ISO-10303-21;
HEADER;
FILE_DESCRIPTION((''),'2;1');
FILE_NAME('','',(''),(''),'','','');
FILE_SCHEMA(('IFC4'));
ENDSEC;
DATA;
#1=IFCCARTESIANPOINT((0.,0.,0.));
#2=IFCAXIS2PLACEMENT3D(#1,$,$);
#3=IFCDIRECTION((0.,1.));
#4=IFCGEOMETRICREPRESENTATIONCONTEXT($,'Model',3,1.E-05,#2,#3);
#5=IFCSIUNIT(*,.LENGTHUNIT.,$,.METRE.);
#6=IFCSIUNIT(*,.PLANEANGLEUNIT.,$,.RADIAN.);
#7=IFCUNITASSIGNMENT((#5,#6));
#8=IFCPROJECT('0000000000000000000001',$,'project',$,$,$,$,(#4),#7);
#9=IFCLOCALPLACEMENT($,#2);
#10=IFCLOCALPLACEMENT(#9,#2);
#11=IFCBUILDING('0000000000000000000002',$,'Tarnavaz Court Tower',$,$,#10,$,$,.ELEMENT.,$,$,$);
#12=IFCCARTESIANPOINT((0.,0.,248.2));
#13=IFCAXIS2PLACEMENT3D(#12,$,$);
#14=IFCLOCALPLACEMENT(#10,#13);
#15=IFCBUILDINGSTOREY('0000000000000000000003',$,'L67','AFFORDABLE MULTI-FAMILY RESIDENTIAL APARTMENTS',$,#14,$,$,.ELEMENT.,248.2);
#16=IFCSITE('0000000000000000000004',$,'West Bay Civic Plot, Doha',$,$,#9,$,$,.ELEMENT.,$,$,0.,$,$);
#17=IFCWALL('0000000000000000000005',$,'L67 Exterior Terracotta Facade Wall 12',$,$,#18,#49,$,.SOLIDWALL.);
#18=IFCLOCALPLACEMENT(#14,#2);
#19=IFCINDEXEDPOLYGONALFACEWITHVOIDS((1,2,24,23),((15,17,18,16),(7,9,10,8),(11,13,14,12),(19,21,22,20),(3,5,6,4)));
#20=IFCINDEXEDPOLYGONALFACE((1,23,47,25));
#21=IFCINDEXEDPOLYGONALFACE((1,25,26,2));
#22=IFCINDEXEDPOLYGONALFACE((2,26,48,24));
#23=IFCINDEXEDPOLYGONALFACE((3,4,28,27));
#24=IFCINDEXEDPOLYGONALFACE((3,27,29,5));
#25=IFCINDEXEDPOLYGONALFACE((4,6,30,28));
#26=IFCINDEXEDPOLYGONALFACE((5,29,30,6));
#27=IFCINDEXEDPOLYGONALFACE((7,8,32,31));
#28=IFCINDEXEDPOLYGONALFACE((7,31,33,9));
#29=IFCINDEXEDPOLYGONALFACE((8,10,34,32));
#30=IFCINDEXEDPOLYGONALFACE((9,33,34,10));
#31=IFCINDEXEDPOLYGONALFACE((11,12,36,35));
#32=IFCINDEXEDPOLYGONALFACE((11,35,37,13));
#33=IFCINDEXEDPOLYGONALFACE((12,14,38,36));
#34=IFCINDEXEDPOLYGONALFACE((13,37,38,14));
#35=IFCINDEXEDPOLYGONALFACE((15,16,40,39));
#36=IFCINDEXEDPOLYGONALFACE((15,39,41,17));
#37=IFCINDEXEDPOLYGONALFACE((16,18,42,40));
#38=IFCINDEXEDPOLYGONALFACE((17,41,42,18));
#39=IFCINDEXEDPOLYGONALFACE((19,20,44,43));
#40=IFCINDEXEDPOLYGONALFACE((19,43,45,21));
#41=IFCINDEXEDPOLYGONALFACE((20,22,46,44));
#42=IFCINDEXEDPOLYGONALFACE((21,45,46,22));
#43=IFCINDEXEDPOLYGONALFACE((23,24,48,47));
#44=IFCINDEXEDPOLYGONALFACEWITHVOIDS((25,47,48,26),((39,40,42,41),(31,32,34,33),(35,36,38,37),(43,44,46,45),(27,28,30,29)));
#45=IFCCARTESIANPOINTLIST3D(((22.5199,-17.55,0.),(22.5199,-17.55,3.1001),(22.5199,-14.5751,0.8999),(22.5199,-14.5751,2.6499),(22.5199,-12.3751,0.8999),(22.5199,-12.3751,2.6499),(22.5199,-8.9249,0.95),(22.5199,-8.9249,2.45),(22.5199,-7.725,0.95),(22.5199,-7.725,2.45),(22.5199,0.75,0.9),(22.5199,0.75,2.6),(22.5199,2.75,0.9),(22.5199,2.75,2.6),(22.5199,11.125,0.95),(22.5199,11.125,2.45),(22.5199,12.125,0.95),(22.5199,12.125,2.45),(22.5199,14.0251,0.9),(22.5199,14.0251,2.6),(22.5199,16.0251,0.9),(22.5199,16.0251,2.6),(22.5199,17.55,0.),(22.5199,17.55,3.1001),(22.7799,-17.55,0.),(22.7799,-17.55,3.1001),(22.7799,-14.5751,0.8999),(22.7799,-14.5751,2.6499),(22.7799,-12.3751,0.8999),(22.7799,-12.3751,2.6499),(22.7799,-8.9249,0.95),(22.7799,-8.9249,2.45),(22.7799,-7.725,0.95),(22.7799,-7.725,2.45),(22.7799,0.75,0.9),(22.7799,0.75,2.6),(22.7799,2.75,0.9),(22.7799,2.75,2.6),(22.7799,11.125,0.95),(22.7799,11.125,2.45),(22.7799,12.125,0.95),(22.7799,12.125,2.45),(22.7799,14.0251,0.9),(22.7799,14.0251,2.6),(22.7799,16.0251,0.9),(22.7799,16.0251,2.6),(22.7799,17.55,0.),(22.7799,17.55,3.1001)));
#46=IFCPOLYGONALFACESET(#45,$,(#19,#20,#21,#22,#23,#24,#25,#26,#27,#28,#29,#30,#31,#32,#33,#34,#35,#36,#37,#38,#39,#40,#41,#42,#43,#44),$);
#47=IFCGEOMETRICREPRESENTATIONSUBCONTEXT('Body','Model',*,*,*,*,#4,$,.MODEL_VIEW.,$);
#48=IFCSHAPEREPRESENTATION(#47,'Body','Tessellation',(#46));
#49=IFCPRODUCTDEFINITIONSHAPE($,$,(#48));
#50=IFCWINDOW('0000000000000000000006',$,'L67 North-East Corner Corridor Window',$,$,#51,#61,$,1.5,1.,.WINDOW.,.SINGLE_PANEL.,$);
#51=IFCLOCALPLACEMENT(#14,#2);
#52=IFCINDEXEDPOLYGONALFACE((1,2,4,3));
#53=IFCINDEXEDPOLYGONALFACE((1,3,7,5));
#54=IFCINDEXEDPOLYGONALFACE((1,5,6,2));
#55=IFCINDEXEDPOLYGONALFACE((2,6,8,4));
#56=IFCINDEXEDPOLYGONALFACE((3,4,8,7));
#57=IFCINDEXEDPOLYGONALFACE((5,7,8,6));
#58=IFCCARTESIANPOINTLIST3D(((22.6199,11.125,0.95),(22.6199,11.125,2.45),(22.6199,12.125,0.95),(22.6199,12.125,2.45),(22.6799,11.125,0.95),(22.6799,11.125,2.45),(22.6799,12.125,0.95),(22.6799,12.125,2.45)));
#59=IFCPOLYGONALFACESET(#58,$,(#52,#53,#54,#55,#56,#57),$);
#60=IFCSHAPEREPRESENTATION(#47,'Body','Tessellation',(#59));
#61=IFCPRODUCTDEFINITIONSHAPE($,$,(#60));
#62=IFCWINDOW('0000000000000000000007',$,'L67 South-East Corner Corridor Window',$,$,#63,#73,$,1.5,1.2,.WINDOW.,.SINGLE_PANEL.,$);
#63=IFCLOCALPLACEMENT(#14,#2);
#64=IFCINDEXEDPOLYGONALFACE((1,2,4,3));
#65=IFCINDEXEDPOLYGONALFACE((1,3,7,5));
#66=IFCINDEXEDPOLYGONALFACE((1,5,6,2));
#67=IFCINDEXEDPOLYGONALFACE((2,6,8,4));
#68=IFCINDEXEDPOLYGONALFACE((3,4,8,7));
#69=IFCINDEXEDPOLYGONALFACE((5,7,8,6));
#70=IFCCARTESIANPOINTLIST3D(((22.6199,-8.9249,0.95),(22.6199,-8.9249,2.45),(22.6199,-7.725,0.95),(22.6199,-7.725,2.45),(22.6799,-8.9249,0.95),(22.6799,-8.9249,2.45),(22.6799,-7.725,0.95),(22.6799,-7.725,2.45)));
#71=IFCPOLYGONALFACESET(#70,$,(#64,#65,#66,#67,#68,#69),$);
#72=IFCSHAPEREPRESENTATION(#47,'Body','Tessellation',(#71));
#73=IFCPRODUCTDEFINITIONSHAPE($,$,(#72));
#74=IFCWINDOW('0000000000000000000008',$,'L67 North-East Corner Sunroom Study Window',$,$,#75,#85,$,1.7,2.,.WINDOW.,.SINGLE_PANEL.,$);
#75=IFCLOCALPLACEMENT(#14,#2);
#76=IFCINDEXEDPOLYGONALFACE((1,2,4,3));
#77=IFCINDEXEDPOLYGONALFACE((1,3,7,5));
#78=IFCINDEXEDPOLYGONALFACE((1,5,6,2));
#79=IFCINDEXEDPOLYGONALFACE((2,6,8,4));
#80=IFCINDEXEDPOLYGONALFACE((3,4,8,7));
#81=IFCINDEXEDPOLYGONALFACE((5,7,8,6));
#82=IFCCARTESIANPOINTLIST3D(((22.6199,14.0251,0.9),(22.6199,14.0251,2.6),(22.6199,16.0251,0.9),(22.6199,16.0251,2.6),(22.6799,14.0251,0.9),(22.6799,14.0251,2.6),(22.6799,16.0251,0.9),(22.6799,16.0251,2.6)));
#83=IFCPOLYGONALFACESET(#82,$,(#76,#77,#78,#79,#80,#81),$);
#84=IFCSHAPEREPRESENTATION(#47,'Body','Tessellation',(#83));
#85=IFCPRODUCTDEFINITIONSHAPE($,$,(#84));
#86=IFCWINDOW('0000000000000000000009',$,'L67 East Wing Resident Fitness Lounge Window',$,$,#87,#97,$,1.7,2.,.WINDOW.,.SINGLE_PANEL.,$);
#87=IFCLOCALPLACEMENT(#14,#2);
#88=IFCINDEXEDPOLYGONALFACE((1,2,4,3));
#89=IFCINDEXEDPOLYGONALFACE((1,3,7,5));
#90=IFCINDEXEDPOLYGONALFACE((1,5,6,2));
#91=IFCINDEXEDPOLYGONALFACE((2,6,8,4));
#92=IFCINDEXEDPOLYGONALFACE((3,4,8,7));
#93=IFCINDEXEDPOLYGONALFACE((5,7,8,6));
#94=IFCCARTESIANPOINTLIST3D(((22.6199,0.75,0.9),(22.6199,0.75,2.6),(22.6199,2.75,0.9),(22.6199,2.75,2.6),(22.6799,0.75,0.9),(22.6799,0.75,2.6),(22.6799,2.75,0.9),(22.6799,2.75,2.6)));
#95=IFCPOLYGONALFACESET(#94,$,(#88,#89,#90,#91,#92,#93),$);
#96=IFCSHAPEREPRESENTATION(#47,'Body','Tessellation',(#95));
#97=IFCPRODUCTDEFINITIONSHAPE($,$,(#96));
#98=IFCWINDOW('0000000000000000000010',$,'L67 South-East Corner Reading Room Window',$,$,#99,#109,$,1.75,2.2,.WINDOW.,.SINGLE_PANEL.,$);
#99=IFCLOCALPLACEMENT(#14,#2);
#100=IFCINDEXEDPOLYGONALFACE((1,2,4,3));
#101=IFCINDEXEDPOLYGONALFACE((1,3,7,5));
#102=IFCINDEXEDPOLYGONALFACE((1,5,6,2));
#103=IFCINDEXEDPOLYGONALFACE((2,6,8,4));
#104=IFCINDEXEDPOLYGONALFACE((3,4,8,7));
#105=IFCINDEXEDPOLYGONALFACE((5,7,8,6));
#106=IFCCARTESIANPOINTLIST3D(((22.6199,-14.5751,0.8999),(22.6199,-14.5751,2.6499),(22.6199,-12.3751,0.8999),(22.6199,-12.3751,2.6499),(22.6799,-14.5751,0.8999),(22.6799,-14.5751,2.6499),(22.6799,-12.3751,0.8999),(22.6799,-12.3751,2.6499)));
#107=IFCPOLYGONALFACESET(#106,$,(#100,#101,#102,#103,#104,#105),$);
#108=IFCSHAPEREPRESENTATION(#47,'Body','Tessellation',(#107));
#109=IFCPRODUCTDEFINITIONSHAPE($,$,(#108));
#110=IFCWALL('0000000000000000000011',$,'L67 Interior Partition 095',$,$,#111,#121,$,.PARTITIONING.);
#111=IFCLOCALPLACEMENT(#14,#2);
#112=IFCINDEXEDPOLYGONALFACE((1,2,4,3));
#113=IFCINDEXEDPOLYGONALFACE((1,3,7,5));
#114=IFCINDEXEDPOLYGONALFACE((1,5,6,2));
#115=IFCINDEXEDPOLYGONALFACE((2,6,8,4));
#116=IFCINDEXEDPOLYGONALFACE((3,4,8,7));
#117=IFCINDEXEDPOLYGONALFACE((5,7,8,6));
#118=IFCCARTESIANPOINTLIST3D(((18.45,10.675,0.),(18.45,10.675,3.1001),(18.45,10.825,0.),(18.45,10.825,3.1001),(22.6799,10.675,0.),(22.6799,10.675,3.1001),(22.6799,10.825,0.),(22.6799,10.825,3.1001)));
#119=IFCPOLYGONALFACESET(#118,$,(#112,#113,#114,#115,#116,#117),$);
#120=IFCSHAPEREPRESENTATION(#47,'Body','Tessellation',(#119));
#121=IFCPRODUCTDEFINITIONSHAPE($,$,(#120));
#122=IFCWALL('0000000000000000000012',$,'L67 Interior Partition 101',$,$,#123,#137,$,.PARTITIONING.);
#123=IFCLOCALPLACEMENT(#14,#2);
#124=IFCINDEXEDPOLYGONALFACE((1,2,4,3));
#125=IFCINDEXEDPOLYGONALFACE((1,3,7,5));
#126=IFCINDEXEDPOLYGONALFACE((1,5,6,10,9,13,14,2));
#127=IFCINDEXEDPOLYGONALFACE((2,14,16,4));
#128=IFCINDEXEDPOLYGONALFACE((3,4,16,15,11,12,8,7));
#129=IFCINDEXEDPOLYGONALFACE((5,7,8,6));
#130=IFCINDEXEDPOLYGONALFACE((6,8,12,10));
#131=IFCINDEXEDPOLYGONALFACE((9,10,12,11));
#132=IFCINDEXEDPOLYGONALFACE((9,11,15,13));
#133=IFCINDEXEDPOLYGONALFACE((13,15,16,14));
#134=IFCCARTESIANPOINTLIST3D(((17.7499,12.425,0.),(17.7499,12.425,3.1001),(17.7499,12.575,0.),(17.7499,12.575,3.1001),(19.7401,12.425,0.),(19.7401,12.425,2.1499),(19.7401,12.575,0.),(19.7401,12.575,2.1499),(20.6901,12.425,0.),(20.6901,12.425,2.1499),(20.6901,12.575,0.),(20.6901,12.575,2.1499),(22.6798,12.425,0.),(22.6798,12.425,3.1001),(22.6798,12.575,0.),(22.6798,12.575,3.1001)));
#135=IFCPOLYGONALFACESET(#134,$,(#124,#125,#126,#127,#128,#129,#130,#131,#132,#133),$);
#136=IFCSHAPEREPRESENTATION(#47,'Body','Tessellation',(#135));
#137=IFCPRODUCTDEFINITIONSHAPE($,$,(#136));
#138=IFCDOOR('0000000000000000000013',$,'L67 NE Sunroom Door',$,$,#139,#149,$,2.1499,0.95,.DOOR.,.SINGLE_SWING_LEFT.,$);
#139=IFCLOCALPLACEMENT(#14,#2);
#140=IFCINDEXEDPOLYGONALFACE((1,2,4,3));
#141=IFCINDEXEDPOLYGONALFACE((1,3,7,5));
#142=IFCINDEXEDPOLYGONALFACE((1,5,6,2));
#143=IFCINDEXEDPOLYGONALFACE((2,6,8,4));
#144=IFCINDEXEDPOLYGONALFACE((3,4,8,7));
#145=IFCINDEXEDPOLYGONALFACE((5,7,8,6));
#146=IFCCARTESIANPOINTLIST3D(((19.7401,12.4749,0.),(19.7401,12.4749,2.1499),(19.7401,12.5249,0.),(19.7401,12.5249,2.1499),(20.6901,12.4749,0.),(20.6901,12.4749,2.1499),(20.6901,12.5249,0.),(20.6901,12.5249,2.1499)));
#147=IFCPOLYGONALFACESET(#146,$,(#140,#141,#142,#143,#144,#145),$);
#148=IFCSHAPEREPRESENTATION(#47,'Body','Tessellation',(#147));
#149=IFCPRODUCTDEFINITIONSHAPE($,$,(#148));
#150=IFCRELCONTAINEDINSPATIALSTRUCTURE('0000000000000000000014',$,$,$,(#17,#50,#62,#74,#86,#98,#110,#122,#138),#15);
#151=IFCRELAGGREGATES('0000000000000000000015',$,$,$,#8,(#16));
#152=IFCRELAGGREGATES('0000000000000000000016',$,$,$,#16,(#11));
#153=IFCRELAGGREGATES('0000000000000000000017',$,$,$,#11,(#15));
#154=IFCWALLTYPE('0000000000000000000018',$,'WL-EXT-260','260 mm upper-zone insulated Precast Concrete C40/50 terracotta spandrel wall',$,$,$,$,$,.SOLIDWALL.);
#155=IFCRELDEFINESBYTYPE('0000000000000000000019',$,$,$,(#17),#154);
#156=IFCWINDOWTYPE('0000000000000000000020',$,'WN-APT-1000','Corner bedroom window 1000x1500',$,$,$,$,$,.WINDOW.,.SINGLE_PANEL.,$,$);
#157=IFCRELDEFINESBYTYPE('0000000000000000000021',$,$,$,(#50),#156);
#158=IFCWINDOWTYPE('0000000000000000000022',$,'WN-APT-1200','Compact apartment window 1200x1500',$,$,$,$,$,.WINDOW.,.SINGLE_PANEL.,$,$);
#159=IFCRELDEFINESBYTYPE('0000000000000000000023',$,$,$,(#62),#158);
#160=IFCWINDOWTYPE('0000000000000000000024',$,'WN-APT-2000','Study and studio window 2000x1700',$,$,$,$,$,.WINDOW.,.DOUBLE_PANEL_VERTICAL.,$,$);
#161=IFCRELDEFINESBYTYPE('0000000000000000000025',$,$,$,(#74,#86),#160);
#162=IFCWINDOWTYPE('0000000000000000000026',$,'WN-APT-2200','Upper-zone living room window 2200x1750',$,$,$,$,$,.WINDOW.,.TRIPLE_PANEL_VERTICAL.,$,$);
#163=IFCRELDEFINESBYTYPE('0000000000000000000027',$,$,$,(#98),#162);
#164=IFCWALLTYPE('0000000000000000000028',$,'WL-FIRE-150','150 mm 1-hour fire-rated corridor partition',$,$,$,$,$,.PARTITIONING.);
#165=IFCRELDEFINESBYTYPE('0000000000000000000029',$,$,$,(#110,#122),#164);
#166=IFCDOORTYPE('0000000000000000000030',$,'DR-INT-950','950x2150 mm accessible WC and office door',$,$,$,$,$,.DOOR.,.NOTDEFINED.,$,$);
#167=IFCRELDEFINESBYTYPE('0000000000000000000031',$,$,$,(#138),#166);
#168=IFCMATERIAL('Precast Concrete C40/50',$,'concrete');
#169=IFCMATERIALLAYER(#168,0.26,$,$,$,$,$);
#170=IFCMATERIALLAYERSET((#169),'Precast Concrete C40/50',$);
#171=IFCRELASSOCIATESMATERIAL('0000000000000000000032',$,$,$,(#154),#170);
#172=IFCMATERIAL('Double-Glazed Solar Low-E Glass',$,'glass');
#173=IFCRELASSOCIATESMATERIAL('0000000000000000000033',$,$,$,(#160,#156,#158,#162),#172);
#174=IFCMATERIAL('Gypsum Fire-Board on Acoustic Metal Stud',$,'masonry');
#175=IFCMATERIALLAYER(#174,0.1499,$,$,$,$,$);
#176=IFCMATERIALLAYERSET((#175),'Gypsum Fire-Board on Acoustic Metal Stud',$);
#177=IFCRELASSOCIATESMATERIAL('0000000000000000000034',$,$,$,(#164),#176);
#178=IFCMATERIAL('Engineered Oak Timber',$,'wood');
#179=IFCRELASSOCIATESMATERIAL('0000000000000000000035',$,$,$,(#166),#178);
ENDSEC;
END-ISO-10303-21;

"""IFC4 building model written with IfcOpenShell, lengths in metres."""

from ifc_helpers import new_model, si_unit, direction, frame, frame_2d, origin, place, context, subcontext, project, spatial, rectangle, extrude, material, layer, layer_set, type_object, element, fill, save


model = new_model("IFC4")

# Units and contexts
model_context = context("Model", 3, precision=1e-05, world=origin(), true_north=direction((0.0, 1.0)))
body_context = subcontext(model_context, "Body", "Model", "MODEL_VIEW")
ifc_project = project(units=[si_unit("LENGTHUNIT", "METRE"), si_unit("PLANEANGLEUNIT", "RADIAN")], contexts=[model_context])

# Site, building, storey
site_placement = place(None, origin())
site = spatial("IfcSite", under=ifc_project, at=site_placement, Name="West Bay Civic Plot, Doha", CompositionType="ELEMENT", RefElevation=0.0)
building_placement = place(site_placement, origin())
building = spatial("IfcBuilding", under=site, at=building_placement, Name="Tarnavaz Court Tower", CompositionType="ELEMENT")
storey_placement = place(building_placement, frame((0.0, 0.0, 248.2)))
storey = spatial("IfcBuildingStorey", under=building, at=storey_placement, Name="L67", Description="AFFORDABLE MULTI-FAMILY RESIDENTIAL APARTMENTS", CompositionType="ELEMENT", Elevation=248.2)

# Shared definitions
ifc_material_1 = material(Name="Precast Concrete C40/50", Category="concrete")
ifc_layer_1 = layer(ifc_material_1, 0.26)
ifc_layer_set_1 = layer_set([ifc_layer_1], Name="Precast Concrete C40/50")
wall_type_1 = type_object("IfcWallType", Name="WL-EXT-260", Description="260 mm upper-zone insulated Precast Concrete C40/50 terracotta spandrel wall", PredefinedType="SOLIDWALL", material=ifc_layer_set_1)
ifc_material_2 = material(Name="Double-Glazed Solar Low-E Glass", Category="glass")
window_type_1 = type_object("IfcWindowType", Name="WN-APT-2000", Description="Study and studio window 2000x1700", PartitioningType="DOUBLE_PANEL_VERTICAL", PredefinedType="WINDOW", material=ifc_material_2)

# Wall, openings, windows
wall_1_placement = place(storey_placement, frame((22.6499, 17.55, 0.0), z_axis=(0.0, 0.0, 1.0), x_axis=(0.0, -1.0, 0.0)))
wall_1 = element("IfcWall", 1, at=wall_1_placement, inside=storey, type_object=wall_type_1, Name="L67 Exterior Terracotta Facade Wall 12", PredefinedType="SOLIDWALL", context=body_context, shape_type="SweptSolid", body=[
    extrude(rectangle(XDim=35.1001, YDim=0.26, at=frame_2d((17.55, 0.0))), origin(), (0.0, 0.0, 1.0), 3.1001),
])
opening_1_placement = place(wall_1_placement, frame((1.5249, 0.0, 0.8999)))
opening_1 = element("IfcOpeningElement", 2, at=opening_1_placement, cuts=wall_1, PredefinedType="OPENING", context=body_context, shape_type="SweptSolid", body=[
    extrude(rectangle(XDim=2.0, YDim=1.7, at=frame_2d((1.0, 0.8501))), frame((0.0, 0.1399, 0.0), z_axis=(0.0, -1.0, 0.0), x_axis=(1.0, 0.0, 0.0)), (0.0, 0.0, 1.0), 0.28),
])
opening_2_placement = place(wall_1_placement, frame((5.425, 0.0, 0.95)))
opening_2 = element("IfcOpeningElement", 3, at=opening_2_placement, cuts=wall_1, PredefinedType="OPENING", context=body_context, shape_type="SweptSolid", body=[
    extrude(rectangle(XDim=1.0, YDim=1.5, at=frame_2d((0.5, 0.75))), frame((0.0, 0.1399, 0.0), z_axis=(0.0, -1.0, 0.0), x_axis=(1.0, 0.0, 0.0)), (0.0, 0.0, 1.0), 0.28),
])
opening_3_placement = place(wall_1_placement, frame((14.8, 0.0, 0.8999)))
opening_3 = element("IfcOpeningElement", 4, at=opening_3_placement, cuts=wall_1, PredefinedType="OPENING", context=body_context, shape_type="SweptSolid", body=[
    extrude(rectangle(XDim=2.0, YDim=1.7, at=frame_2d((1.0, 0.8501))), frame((0.0, 0.1399, 0.0), z_axis=(0.0, -1.0, 0.0), x_axis=(1.0, 0.0, 0.0)), (0.0, 0.0, 1.0), 0.28),
])
opening_4_placement = place(wall_1_placement, frame((25.2749, 0.0, 0.95)))
opening_4 = element("IfcOpeningElement", 5, at=opening_4_placement, cuts=wall_1, PredefinedType="OPENING", context=body_context, shape_type="SweptSolid", body=[
    extrude(rectangle(XDim=1.2, YDim=1.5, at=frame_2d((0.6001, 0.75))), frame((0.0, 0.1399, 0.0), z_axis=(0.0, -1.0, 0.0), x_axis=(1.0, 0.0, 0.0)), (0.0, 0.0, 1.0), 0.28),
])
opening_5_placement = place(wall_1_placement, frame((29.925, 0.0, 0.8999)))
opening_5 = element("IfcOpeningElement", 6, at=opening_5_placement, cuts=wall_1, PredefinedType="OPENING", context=body_context, shape_type="SweptSolid", body=[
    extrude(rectangle(XDim=2.2, YDim=1.75, at=frame_2d((1.1001, 0.875))), frame((0.0, 0.1399, 0.0), z_axis=(0.0, -1.0, 0.0), x_axis=(1.0, 0.0, 0.0)), (0.0, 0.0, 1.0), 0.28),
])
window_type_2 = type_object("IfcWindowType", Name="WN-APT-1000", Description="Corner bedroom window 1000x1500", PartitioningType="SINGLE_PANEL", PredefinedType="WINDOW", material=ifc_material_2)
window_1_placement = place(opening_2_placement, origin())
window_1 = element("IfcWindow", 7, at=window_1_placement, inside=storey, type_object=window_type_2, Name="L67 North-East Corner Corridor Window", OverallHeight=1.5, OverallWidth=1.0, PartitioningType="SINGLE_PANEL", PredefinedType="WINDOW", context=body_context, shape_type="SweptSolid", body=[
    extrude(rectangle(XDim=1.0, YDim=1.5, at=frame_2d((0.5, 0.75))), frame((0.0, 0.03, 0.0), z_axis=(0.0, -1.0, 0.0), x_axis=(1.0, 0.0, 0.0)), (0.0, 0.0, 1.0), 0.0601),
])
fill(opening_2, window_1)
window_type_3 = type_object("IfcWindowType", Name="WN-APT-1200", Description="Compact apartment window 1200x1500", PartitioningType="SINGLE_PANEL", PredefinedType="WINDOW", material=ifc_material_2)
window_2_placement = place(opening_4_placement, origin())
window_2 = element("IfcWindow", 8, at=window_2_placement, inside=storey, type_object=window_type_3, Name="L67 South-East Corner Corridor Window", OverallHeight=1.5, OverallWidth=1.2, PartitioningType="SINGLE_PANEL", PredefinedType="WINDOW", context=body_context, shape_type="SweptSolid", body=[
    extrude(rectangle(XDim=1.2, YDim=1.5, at=frame_2d((0.6001, 0.75))), frame((0.0, 0.03, 0.0), z_axis=(0.0, -1.0, 0.0), x_axis=(1.0, 0.0, 0.0)), (0.0, 0.0, 1.0), 0.0601),
])
fill(opening_4, window_2)
window_3_placement = place(opening_1_placement, origin())
window_3 = element("IfcWindow", 9, at=window_3_placement, inside=storey, type_object=window_type_1, Name="L67 North-East Corner Sunroom Study Window", OverallHeight=1.7, OverallWidth=2.0, PartitioningType="SINGLE_PANEL", PredefinedType="WINDOW", context=body_context, shape_type="SweptSolid", body=[
    extrude(rectangle(XDim=2.0, YDim=1.7, at=frame_2d((1.0, 0.8501))), frame((0.0, 0.03, 0.0), z_axis=(0.0, -1.0, 0.0), x_axis=(1.0, 0.0, 0.0)), (0.0, 0.0, 1.0), 0.0601),
])
fill(opening_1, window_3)
window_4_placement = place(opening_3_placement, origin())
window_4 = element("IfcWindow", 10, at=window_4_placement, inside=storey, type_object=window_type_1, Name="L67 East Wing Resident Fitness Lounge Window", OverallHeight=1.7, OverallWidth=2.0, PartitioningType="SINGLE_PANEL", PredefinedType="WINDOW", context=body_context, shape_type="SweptSolid", body=[
    extrude(rectangle(XDim=2.0, YDim=1.7, at=frame_2d((1.0, 0.8501))), frame((0.0, 0.03, 0.0), z_axis=(0.0, -1.0, 0.0), x_axis=(1.0, 0.0, 0.0)), (0.0, 0.0, 1.0), 0.0601),
])
fill(opening_3, window_4)
window_type_4 = type_object("IfcWindowType", Name="WN-APT-2200", Description="Upper-zone living room window 2200x1750", PartitioningType="TRIPLE_PANEL_VERTICAL", PredefinedType="WINDOW", material=ifc_material_2)
window_5_placement = place(opening_5_placement, origin())
window_5 = element("IfcWindow", 11, at=window_5_placement, inside=storey, type_object=window_type_4, Name="L67 South-East Corner Reading Room Window", OverallHeight=1.75, OverallWidth=2.2, PartitioningType="SINGLE_PANEL", PredefinedType="WINDOW", context=body_context, shape_type="SweptSolid", body=[
    extrude(rectangle(XDim=2.2, YDim=1.75, at=frame_2d((1.1001, 0.875))), frame((0.0, 0.03, 0.0), z_axis=(0.0, -1.0, 0.0), x_axis=(1.0, 0.0, 0.0)), (0.0, 0.0, 1.0), 0.0601),
])
fill(opening_5, window_5)

# Wall
ifc_material_3 = material(Name="Gypsum Fire-Board on Acoustic Metal Stud", Category="masonry")
ifc_layer_2 = layer(ifc_material_3, 0.1499)
ifc_layer_set_2 = layer_set([ifc_layer_2], Name="Gypsum Fire-Board on Acoustic Metal Stud")
wall_type_2 = type_object("IfcWallType", Name="WL-FIRE-150", Description="150 mm 1-hour fire-rated corridor partition", PredefinedType="PARTITIONING", material=ifc_layer_set_2)
wall_2_placement = place(storey_placement, frame((18.45, 10.75, 0.0), z_axis=(0.0, 0.0, 1.0), x_axis=(1.0, 0.0, 0.0)))
element("IfcWall", 12, at=wall_2_placement, inside=storey, type_object=wall_type_2, Name="L67 Interior Partition 095", PredefinedType="PARTITIONING", context=body_context, shape_type="SweptSolid", body=[
    extrude(rectangle(XDim=4.23, YDim=0.1499, at=frame_2d((2.115, 0.0))), origin(), (0.0, 0.0, 1.0), 3.1001),
])

# Wall, opening, door
wall_3_placement = place(storey_placement, frame((17.75, 12.5, 0.0), z_axis=(0.0, 0.0, 1.0), x_axis=(1.0, 0.0, 0.0)))
wall_3 = element("IfcWall", 13, at=wall_3_placement, inside=storey, type_object=wall_type_2, Name="L67 Interior Partition 101", PredefinedType="PARTITIONING", context=body_context, shape_type="SweptSolid", body=[
    extrude(rectangle(XDim=4.9299, YDim=0.1499, at=frame_2d((2.4648, 0.0))), origin(), (0.0, 0.0, 1.0), 3.1001),
])
opening_6_placement = place(wall_3_placement, frame((1.99, 0.0, 0.0)))
opening_6 = element("IfcOpeningElement", 14, at=opening_6_placement, cuts=wall_3, PredefinedType="OPENING", context=body_context, shape_type="SweptSolid", body=[
    extrude(rectangle(XDim=0.95, YDim=2.1499, at=frame_2d((0.4751, 1.075))), frame((0.0, 0.085, 0.0), z_axis=(0.0, -1.0, 0.0), x_axis=(1.0, 0.0, 0.0)), (0.0, 0.0, 1.0), 0.1699),
])
ifc_material_4 = material(Name="Engineered Oak Timber", Category="wood")
door_type_1 = type_object("IfcDoorType", Name="DR-INT-950", Description="950x2150 mm accessible WC and office door", OperationType="NOTDEFINED", PredefinedType="DOOR", material=ifc_material_4)
door_1_placement = place(opening_6_placement, origin())
door_1 = element("IfcDoor", 15, at=door_1_placement, inside=storey, type_object=door_type_1, Name="L67 NE Sunroom Door", OperationType="SINGLE_SWING_LEFT", OverallHeight=2.1499, OverallWidth=0.95, PredefinedType="DOOR", context=body_context, shape_type="SweptSolid", body=[
    extrude(rectangle(XDim=0.95, YDim=2.1499, at=frame_2d((0.4751, 1.075))), frame((0.0, 0.0249, 0.0), z_axis=(0.0, -1.0, 0.0), x_axis=(1.0, 0.0, 0.0)), (0.0, 0.0, 1.0), 0.05),
])
fill(opening_6, door_1)

save(model, "model.ifc")
